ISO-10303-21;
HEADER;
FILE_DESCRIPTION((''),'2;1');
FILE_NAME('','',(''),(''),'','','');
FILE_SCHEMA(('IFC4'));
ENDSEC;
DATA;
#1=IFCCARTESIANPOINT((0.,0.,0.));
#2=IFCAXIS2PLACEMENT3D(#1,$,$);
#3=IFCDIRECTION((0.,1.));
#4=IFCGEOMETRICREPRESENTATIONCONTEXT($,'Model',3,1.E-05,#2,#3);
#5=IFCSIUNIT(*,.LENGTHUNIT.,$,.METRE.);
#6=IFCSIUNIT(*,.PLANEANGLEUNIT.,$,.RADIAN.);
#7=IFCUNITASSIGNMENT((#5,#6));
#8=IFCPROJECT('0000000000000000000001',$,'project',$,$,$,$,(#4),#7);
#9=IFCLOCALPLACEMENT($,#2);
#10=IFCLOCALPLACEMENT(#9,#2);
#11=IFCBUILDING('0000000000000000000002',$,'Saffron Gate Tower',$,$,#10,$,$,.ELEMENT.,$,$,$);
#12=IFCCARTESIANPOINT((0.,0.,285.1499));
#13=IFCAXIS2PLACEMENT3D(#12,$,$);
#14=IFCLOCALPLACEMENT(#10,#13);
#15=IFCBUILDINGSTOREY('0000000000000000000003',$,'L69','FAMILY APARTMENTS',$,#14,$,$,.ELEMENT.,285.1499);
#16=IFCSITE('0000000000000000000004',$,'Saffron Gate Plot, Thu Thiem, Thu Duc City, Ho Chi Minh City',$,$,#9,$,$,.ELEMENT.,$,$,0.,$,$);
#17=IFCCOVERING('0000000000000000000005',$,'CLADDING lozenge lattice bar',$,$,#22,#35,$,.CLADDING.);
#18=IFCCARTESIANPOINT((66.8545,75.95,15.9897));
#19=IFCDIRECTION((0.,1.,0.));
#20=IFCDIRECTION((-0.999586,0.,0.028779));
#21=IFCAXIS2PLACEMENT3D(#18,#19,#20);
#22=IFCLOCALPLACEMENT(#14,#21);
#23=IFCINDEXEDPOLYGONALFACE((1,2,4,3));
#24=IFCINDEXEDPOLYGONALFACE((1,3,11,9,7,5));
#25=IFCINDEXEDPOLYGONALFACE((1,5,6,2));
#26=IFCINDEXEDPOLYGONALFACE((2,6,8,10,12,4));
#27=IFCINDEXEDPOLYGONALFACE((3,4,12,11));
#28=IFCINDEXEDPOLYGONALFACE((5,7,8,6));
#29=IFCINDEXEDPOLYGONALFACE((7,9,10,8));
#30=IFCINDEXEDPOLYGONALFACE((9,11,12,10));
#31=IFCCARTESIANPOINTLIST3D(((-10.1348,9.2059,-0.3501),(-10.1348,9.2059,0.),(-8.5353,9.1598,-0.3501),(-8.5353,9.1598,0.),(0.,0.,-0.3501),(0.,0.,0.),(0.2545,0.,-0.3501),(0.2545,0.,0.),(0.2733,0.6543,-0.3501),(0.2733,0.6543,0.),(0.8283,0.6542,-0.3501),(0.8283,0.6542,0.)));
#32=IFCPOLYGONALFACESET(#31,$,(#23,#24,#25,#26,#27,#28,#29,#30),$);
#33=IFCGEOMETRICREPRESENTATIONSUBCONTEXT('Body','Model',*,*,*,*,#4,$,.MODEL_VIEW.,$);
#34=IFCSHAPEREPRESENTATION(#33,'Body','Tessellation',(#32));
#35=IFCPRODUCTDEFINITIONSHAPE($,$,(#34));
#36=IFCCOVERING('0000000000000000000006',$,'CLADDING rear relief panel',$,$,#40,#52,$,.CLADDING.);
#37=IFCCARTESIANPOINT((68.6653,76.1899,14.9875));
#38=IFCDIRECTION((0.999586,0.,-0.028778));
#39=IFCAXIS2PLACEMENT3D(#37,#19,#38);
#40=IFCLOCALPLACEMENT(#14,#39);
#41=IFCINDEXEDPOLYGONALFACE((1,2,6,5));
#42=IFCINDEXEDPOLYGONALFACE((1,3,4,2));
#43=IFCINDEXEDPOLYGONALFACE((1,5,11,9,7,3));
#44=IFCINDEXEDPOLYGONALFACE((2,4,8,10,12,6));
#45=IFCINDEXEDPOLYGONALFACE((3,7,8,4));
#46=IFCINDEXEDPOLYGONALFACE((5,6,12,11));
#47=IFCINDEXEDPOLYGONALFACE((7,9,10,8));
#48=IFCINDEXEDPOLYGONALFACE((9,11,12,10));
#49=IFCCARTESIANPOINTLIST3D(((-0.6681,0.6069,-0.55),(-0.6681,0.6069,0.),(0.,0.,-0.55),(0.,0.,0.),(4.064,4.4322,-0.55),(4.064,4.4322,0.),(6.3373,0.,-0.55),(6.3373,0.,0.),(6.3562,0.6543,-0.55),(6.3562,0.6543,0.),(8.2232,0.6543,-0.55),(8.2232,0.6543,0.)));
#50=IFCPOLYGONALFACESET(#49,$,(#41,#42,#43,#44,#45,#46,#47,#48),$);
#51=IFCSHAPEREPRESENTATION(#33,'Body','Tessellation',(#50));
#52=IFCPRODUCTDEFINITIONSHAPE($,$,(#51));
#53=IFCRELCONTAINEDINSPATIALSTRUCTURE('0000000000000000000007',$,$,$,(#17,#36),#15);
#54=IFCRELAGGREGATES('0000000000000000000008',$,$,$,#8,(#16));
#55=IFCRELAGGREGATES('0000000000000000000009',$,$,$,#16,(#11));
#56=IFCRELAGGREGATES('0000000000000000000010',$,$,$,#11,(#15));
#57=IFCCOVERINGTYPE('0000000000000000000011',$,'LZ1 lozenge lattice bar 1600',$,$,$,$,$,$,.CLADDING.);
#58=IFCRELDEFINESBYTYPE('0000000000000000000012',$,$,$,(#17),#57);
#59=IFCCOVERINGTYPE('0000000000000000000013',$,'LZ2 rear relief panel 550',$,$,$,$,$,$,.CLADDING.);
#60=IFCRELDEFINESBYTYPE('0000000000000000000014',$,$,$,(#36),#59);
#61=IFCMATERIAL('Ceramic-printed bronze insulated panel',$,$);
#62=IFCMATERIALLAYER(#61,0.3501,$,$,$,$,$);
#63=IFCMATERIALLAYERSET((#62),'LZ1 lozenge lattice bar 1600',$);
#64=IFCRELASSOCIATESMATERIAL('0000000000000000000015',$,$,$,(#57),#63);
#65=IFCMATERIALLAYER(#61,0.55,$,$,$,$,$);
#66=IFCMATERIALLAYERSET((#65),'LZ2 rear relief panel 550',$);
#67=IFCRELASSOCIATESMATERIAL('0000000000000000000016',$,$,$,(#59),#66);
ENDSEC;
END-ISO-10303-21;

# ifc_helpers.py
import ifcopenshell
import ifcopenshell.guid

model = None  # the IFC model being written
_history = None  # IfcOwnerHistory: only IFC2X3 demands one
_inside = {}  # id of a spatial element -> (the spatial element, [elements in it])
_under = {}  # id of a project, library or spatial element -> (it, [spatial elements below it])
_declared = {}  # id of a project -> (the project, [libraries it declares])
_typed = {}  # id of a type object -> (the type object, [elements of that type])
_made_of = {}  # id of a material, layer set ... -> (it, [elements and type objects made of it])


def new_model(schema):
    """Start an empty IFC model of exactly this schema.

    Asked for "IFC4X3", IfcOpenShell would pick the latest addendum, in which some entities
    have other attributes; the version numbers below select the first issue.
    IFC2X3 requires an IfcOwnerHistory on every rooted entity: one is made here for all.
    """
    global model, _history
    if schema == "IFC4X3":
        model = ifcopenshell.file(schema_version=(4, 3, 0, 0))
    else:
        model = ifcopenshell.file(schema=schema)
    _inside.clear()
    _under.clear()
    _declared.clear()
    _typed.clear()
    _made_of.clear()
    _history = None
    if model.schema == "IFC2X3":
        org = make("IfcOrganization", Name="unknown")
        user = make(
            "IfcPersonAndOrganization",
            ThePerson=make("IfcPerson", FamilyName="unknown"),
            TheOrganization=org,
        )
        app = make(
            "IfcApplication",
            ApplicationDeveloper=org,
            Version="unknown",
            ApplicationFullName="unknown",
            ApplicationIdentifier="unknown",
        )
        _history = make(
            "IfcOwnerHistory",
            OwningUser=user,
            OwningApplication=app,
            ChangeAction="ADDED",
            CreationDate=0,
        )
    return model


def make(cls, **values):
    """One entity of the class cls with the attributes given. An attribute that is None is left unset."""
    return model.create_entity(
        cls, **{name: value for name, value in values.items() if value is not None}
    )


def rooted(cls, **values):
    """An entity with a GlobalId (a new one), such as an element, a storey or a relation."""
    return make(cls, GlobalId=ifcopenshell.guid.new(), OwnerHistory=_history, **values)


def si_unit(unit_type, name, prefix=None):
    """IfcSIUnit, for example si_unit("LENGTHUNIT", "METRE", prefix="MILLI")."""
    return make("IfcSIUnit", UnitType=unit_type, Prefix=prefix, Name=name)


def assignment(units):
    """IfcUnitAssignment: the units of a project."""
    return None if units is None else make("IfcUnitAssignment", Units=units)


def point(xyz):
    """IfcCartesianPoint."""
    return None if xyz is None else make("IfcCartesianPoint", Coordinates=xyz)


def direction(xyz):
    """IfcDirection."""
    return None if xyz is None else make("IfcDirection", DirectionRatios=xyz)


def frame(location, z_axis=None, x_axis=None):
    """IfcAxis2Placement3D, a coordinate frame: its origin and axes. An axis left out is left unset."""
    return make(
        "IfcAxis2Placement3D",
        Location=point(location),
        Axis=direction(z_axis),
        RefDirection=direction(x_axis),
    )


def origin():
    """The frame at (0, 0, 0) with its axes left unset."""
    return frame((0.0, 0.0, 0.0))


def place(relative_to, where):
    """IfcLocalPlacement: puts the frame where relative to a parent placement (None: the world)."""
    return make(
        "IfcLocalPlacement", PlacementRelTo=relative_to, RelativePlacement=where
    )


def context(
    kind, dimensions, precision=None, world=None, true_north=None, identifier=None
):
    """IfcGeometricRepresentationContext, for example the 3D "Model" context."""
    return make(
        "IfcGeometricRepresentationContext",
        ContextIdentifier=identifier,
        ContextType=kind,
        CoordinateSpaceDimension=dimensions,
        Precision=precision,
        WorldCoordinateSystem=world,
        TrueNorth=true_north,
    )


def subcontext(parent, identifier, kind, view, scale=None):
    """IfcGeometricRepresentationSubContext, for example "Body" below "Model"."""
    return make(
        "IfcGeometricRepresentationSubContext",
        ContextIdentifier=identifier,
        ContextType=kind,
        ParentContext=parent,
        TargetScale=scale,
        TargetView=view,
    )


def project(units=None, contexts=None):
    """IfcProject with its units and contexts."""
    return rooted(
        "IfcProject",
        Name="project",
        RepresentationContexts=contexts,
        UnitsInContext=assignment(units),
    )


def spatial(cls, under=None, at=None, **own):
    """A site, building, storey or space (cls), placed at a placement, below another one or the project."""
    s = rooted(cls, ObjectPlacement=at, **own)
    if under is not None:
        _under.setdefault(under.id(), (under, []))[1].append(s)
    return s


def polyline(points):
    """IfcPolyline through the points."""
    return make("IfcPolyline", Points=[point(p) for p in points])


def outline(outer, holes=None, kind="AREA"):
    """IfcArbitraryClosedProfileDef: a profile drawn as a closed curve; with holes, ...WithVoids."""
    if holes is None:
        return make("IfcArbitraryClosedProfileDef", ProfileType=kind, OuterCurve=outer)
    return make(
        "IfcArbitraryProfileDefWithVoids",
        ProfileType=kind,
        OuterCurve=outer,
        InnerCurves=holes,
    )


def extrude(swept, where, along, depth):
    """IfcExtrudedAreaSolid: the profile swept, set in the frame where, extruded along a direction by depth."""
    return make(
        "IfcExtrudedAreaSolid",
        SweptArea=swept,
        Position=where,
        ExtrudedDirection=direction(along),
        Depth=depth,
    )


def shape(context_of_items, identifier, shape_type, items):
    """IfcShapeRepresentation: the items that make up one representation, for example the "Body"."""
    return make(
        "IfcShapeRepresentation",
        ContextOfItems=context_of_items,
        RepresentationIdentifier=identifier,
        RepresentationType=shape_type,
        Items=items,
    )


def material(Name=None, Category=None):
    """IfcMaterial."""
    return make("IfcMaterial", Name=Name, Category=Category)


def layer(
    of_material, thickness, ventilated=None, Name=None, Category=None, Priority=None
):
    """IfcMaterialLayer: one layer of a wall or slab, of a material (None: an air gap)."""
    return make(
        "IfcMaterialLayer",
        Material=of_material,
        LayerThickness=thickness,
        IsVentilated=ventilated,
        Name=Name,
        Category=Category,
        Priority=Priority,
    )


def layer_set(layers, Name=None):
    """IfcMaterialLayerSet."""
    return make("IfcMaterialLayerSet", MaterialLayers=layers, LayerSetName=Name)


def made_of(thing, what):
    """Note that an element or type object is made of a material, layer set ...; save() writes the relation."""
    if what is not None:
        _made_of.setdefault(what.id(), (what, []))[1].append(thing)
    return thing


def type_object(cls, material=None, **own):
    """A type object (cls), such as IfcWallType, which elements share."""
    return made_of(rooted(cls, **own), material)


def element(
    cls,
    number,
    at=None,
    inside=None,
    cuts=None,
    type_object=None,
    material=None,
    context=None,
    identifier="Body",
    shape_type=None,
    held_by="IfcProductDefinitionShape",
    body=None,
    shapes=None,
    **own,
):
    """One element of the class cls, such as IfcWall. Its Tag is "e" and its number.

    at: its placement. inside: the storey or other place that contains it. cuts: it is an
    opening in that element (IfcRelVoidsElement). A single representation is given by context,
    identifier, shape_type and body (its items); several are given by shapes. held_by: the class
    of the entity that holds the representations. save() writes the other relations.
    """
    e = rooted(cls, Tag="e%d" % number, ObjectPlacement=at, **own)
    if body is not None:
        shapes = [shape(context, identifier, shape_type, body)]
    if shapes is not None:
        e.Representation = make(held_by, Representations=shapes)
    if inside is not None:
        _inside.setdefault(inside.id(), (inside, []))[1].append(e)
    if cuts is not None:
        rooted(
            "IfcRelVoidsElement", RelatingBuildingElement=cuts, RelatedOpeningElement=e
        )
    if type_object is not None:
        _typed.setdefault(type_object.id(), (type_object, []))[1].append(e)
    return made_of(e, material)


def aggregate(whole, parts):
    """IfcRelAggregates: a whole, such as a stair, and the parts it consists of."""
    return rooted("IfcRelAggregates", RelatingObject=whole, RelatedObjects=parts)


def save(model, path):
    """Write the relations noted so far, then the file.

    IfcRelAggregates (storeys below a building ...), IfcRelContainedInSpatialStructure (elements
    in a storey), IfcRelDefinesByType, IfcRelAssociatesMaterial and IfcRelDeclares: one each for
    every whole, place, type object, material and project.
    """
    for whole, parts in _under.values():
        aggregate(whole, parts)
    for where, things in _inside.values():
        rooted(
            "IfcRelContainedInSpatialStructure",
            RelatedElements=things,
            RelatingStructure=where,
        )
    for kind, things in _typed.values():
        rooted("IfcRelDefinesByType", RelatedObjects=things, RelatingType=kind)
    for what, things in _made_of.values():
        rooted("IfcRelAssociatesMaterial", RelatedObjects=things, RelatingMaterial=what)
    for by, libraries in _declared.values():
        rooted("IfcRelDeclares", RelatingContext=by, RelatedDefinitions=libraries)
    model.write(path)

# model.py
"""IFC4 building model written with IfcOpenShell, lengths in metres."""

from ifc_helpers import new_model, si_unit, direction, frame, origin, place, context, subcontext, project, spatial, polyline, outline, extrude, material, layer, layer_set, type_object, element, save


model = new_model("IFC4")

# Units and contexts
model_context = context("Model", 3, precision=1e-05, world=origin(), true_north=direction((0.0, 1.0)))
body_context = subcontext(model_context, "Body", "Model", "MODEL_VIEW")
ifc_project = project(units=[si_unit("LENGTHUNIT", "METRE"), si_unit("PLANEANGLEUNIT", "RADIAN")], contexts=[model_context])

# Site, building, storey
site_placement = place(None, origin())
site = spatial("IfcSite", under=ifc_project, at=site_placement, Name="Saffron Gate Plot, Thu Thiem, Thu Duc City, Ho Chi Minh City", CompositionType="ELEMENT", RefElevation=0.0)
building_placement = place(site_placement, origin())
building = spatial("IfcBuilding", under=site, at=building_placement, Name="Saffron Gate Tower", CompositionType="ELEMENT")
storey_placement = place(building_placement, frame((0.0, 0.0, 285.1499)))
storey = spatial("IfcBuildingStorey", under=building, at=storey_placement, Name="L69", Description="FAMILY APARTMENTS", CompositionType="ELEMENT", Elevation=285.1499)

# Coverings
ifc_material_1 = material(Name="Ceramic-printed bronze insulated panel")
ifc_layer_1 = layer(ifc_material_1, 0.3501)
ifc_layer_set_1 = layer_set([ifc_layer_1], Name="LZ1 lozenge lattice bar 1600")
covering_type_1 = type_object("IfcCoveringType", Name="LZ1 lozenge lattice bar 1600", PredefinedType="CLADDING", material=ifc_layer_set_1)
covering_1_placement = place(storey_placement, frame((66.8545, 75.95, 15.9897), z_axis=(0.0, 1.0, 0.0), x_axis=(-0.999586, 0.0, 0.028779)))
element("IfcCovering", 1, at=covering_1_placement, inside=storey, type_object=covering_type_1, Name="CLADDING lozenge lattice bar", PredefinedType="CLADDING", context=body_context, shape_type="SweptSolid", body=[
    extrude(outline(polyline([(0.0, 0.0), (0.2545, 0.0), (0.2733, 0.6543), (0.8283, 0.6542), (-8.5353, 9.1598), (-10.1348, 9.2059), (0.0, 0.0)])), origin(), (0.0, 0.0, -1.0), 0.3501),
])
ifc_layer_2 = layer(ifc_material_1, 0.55)
ifc_layer_set_2 = layer_set([ifc_layer_2], Name="LZ2 rear relief panel 550")
covering_type_2 = type_object("IfcCoveringType", Name="LZ2 rear relief panel 550", PredefinedType="CLADDING", material=ifc_layer_set_2)
covering_2_placement = place(storey_placement, frame((68.6653, 76.1899, 14.9875), z_axis=(0.0, 1.0, 0.0), x_axis=(0.999586, 0.0, -0.028778)))
element("IfcCovering", 2, at=covering_2_placement, inside=storey, type_object=covering_type_2, Name="CLADDING rear relief panel", PredefinedType="CLADDING", context=body_context, shape_type="SweptSolid", body=[
    extrude(outline(polyline([(0.0, 0.0), (6.3373, 0.0), (6.3562, 0.6543), (8.2232, 0.6543), (4.064, 4.4322), (-0.6681, 0.6069), (0.0, 0.0)])), origin(), (0.0, 0.0, -1.0), 0.55),
])

save(model, "model.ifc")
